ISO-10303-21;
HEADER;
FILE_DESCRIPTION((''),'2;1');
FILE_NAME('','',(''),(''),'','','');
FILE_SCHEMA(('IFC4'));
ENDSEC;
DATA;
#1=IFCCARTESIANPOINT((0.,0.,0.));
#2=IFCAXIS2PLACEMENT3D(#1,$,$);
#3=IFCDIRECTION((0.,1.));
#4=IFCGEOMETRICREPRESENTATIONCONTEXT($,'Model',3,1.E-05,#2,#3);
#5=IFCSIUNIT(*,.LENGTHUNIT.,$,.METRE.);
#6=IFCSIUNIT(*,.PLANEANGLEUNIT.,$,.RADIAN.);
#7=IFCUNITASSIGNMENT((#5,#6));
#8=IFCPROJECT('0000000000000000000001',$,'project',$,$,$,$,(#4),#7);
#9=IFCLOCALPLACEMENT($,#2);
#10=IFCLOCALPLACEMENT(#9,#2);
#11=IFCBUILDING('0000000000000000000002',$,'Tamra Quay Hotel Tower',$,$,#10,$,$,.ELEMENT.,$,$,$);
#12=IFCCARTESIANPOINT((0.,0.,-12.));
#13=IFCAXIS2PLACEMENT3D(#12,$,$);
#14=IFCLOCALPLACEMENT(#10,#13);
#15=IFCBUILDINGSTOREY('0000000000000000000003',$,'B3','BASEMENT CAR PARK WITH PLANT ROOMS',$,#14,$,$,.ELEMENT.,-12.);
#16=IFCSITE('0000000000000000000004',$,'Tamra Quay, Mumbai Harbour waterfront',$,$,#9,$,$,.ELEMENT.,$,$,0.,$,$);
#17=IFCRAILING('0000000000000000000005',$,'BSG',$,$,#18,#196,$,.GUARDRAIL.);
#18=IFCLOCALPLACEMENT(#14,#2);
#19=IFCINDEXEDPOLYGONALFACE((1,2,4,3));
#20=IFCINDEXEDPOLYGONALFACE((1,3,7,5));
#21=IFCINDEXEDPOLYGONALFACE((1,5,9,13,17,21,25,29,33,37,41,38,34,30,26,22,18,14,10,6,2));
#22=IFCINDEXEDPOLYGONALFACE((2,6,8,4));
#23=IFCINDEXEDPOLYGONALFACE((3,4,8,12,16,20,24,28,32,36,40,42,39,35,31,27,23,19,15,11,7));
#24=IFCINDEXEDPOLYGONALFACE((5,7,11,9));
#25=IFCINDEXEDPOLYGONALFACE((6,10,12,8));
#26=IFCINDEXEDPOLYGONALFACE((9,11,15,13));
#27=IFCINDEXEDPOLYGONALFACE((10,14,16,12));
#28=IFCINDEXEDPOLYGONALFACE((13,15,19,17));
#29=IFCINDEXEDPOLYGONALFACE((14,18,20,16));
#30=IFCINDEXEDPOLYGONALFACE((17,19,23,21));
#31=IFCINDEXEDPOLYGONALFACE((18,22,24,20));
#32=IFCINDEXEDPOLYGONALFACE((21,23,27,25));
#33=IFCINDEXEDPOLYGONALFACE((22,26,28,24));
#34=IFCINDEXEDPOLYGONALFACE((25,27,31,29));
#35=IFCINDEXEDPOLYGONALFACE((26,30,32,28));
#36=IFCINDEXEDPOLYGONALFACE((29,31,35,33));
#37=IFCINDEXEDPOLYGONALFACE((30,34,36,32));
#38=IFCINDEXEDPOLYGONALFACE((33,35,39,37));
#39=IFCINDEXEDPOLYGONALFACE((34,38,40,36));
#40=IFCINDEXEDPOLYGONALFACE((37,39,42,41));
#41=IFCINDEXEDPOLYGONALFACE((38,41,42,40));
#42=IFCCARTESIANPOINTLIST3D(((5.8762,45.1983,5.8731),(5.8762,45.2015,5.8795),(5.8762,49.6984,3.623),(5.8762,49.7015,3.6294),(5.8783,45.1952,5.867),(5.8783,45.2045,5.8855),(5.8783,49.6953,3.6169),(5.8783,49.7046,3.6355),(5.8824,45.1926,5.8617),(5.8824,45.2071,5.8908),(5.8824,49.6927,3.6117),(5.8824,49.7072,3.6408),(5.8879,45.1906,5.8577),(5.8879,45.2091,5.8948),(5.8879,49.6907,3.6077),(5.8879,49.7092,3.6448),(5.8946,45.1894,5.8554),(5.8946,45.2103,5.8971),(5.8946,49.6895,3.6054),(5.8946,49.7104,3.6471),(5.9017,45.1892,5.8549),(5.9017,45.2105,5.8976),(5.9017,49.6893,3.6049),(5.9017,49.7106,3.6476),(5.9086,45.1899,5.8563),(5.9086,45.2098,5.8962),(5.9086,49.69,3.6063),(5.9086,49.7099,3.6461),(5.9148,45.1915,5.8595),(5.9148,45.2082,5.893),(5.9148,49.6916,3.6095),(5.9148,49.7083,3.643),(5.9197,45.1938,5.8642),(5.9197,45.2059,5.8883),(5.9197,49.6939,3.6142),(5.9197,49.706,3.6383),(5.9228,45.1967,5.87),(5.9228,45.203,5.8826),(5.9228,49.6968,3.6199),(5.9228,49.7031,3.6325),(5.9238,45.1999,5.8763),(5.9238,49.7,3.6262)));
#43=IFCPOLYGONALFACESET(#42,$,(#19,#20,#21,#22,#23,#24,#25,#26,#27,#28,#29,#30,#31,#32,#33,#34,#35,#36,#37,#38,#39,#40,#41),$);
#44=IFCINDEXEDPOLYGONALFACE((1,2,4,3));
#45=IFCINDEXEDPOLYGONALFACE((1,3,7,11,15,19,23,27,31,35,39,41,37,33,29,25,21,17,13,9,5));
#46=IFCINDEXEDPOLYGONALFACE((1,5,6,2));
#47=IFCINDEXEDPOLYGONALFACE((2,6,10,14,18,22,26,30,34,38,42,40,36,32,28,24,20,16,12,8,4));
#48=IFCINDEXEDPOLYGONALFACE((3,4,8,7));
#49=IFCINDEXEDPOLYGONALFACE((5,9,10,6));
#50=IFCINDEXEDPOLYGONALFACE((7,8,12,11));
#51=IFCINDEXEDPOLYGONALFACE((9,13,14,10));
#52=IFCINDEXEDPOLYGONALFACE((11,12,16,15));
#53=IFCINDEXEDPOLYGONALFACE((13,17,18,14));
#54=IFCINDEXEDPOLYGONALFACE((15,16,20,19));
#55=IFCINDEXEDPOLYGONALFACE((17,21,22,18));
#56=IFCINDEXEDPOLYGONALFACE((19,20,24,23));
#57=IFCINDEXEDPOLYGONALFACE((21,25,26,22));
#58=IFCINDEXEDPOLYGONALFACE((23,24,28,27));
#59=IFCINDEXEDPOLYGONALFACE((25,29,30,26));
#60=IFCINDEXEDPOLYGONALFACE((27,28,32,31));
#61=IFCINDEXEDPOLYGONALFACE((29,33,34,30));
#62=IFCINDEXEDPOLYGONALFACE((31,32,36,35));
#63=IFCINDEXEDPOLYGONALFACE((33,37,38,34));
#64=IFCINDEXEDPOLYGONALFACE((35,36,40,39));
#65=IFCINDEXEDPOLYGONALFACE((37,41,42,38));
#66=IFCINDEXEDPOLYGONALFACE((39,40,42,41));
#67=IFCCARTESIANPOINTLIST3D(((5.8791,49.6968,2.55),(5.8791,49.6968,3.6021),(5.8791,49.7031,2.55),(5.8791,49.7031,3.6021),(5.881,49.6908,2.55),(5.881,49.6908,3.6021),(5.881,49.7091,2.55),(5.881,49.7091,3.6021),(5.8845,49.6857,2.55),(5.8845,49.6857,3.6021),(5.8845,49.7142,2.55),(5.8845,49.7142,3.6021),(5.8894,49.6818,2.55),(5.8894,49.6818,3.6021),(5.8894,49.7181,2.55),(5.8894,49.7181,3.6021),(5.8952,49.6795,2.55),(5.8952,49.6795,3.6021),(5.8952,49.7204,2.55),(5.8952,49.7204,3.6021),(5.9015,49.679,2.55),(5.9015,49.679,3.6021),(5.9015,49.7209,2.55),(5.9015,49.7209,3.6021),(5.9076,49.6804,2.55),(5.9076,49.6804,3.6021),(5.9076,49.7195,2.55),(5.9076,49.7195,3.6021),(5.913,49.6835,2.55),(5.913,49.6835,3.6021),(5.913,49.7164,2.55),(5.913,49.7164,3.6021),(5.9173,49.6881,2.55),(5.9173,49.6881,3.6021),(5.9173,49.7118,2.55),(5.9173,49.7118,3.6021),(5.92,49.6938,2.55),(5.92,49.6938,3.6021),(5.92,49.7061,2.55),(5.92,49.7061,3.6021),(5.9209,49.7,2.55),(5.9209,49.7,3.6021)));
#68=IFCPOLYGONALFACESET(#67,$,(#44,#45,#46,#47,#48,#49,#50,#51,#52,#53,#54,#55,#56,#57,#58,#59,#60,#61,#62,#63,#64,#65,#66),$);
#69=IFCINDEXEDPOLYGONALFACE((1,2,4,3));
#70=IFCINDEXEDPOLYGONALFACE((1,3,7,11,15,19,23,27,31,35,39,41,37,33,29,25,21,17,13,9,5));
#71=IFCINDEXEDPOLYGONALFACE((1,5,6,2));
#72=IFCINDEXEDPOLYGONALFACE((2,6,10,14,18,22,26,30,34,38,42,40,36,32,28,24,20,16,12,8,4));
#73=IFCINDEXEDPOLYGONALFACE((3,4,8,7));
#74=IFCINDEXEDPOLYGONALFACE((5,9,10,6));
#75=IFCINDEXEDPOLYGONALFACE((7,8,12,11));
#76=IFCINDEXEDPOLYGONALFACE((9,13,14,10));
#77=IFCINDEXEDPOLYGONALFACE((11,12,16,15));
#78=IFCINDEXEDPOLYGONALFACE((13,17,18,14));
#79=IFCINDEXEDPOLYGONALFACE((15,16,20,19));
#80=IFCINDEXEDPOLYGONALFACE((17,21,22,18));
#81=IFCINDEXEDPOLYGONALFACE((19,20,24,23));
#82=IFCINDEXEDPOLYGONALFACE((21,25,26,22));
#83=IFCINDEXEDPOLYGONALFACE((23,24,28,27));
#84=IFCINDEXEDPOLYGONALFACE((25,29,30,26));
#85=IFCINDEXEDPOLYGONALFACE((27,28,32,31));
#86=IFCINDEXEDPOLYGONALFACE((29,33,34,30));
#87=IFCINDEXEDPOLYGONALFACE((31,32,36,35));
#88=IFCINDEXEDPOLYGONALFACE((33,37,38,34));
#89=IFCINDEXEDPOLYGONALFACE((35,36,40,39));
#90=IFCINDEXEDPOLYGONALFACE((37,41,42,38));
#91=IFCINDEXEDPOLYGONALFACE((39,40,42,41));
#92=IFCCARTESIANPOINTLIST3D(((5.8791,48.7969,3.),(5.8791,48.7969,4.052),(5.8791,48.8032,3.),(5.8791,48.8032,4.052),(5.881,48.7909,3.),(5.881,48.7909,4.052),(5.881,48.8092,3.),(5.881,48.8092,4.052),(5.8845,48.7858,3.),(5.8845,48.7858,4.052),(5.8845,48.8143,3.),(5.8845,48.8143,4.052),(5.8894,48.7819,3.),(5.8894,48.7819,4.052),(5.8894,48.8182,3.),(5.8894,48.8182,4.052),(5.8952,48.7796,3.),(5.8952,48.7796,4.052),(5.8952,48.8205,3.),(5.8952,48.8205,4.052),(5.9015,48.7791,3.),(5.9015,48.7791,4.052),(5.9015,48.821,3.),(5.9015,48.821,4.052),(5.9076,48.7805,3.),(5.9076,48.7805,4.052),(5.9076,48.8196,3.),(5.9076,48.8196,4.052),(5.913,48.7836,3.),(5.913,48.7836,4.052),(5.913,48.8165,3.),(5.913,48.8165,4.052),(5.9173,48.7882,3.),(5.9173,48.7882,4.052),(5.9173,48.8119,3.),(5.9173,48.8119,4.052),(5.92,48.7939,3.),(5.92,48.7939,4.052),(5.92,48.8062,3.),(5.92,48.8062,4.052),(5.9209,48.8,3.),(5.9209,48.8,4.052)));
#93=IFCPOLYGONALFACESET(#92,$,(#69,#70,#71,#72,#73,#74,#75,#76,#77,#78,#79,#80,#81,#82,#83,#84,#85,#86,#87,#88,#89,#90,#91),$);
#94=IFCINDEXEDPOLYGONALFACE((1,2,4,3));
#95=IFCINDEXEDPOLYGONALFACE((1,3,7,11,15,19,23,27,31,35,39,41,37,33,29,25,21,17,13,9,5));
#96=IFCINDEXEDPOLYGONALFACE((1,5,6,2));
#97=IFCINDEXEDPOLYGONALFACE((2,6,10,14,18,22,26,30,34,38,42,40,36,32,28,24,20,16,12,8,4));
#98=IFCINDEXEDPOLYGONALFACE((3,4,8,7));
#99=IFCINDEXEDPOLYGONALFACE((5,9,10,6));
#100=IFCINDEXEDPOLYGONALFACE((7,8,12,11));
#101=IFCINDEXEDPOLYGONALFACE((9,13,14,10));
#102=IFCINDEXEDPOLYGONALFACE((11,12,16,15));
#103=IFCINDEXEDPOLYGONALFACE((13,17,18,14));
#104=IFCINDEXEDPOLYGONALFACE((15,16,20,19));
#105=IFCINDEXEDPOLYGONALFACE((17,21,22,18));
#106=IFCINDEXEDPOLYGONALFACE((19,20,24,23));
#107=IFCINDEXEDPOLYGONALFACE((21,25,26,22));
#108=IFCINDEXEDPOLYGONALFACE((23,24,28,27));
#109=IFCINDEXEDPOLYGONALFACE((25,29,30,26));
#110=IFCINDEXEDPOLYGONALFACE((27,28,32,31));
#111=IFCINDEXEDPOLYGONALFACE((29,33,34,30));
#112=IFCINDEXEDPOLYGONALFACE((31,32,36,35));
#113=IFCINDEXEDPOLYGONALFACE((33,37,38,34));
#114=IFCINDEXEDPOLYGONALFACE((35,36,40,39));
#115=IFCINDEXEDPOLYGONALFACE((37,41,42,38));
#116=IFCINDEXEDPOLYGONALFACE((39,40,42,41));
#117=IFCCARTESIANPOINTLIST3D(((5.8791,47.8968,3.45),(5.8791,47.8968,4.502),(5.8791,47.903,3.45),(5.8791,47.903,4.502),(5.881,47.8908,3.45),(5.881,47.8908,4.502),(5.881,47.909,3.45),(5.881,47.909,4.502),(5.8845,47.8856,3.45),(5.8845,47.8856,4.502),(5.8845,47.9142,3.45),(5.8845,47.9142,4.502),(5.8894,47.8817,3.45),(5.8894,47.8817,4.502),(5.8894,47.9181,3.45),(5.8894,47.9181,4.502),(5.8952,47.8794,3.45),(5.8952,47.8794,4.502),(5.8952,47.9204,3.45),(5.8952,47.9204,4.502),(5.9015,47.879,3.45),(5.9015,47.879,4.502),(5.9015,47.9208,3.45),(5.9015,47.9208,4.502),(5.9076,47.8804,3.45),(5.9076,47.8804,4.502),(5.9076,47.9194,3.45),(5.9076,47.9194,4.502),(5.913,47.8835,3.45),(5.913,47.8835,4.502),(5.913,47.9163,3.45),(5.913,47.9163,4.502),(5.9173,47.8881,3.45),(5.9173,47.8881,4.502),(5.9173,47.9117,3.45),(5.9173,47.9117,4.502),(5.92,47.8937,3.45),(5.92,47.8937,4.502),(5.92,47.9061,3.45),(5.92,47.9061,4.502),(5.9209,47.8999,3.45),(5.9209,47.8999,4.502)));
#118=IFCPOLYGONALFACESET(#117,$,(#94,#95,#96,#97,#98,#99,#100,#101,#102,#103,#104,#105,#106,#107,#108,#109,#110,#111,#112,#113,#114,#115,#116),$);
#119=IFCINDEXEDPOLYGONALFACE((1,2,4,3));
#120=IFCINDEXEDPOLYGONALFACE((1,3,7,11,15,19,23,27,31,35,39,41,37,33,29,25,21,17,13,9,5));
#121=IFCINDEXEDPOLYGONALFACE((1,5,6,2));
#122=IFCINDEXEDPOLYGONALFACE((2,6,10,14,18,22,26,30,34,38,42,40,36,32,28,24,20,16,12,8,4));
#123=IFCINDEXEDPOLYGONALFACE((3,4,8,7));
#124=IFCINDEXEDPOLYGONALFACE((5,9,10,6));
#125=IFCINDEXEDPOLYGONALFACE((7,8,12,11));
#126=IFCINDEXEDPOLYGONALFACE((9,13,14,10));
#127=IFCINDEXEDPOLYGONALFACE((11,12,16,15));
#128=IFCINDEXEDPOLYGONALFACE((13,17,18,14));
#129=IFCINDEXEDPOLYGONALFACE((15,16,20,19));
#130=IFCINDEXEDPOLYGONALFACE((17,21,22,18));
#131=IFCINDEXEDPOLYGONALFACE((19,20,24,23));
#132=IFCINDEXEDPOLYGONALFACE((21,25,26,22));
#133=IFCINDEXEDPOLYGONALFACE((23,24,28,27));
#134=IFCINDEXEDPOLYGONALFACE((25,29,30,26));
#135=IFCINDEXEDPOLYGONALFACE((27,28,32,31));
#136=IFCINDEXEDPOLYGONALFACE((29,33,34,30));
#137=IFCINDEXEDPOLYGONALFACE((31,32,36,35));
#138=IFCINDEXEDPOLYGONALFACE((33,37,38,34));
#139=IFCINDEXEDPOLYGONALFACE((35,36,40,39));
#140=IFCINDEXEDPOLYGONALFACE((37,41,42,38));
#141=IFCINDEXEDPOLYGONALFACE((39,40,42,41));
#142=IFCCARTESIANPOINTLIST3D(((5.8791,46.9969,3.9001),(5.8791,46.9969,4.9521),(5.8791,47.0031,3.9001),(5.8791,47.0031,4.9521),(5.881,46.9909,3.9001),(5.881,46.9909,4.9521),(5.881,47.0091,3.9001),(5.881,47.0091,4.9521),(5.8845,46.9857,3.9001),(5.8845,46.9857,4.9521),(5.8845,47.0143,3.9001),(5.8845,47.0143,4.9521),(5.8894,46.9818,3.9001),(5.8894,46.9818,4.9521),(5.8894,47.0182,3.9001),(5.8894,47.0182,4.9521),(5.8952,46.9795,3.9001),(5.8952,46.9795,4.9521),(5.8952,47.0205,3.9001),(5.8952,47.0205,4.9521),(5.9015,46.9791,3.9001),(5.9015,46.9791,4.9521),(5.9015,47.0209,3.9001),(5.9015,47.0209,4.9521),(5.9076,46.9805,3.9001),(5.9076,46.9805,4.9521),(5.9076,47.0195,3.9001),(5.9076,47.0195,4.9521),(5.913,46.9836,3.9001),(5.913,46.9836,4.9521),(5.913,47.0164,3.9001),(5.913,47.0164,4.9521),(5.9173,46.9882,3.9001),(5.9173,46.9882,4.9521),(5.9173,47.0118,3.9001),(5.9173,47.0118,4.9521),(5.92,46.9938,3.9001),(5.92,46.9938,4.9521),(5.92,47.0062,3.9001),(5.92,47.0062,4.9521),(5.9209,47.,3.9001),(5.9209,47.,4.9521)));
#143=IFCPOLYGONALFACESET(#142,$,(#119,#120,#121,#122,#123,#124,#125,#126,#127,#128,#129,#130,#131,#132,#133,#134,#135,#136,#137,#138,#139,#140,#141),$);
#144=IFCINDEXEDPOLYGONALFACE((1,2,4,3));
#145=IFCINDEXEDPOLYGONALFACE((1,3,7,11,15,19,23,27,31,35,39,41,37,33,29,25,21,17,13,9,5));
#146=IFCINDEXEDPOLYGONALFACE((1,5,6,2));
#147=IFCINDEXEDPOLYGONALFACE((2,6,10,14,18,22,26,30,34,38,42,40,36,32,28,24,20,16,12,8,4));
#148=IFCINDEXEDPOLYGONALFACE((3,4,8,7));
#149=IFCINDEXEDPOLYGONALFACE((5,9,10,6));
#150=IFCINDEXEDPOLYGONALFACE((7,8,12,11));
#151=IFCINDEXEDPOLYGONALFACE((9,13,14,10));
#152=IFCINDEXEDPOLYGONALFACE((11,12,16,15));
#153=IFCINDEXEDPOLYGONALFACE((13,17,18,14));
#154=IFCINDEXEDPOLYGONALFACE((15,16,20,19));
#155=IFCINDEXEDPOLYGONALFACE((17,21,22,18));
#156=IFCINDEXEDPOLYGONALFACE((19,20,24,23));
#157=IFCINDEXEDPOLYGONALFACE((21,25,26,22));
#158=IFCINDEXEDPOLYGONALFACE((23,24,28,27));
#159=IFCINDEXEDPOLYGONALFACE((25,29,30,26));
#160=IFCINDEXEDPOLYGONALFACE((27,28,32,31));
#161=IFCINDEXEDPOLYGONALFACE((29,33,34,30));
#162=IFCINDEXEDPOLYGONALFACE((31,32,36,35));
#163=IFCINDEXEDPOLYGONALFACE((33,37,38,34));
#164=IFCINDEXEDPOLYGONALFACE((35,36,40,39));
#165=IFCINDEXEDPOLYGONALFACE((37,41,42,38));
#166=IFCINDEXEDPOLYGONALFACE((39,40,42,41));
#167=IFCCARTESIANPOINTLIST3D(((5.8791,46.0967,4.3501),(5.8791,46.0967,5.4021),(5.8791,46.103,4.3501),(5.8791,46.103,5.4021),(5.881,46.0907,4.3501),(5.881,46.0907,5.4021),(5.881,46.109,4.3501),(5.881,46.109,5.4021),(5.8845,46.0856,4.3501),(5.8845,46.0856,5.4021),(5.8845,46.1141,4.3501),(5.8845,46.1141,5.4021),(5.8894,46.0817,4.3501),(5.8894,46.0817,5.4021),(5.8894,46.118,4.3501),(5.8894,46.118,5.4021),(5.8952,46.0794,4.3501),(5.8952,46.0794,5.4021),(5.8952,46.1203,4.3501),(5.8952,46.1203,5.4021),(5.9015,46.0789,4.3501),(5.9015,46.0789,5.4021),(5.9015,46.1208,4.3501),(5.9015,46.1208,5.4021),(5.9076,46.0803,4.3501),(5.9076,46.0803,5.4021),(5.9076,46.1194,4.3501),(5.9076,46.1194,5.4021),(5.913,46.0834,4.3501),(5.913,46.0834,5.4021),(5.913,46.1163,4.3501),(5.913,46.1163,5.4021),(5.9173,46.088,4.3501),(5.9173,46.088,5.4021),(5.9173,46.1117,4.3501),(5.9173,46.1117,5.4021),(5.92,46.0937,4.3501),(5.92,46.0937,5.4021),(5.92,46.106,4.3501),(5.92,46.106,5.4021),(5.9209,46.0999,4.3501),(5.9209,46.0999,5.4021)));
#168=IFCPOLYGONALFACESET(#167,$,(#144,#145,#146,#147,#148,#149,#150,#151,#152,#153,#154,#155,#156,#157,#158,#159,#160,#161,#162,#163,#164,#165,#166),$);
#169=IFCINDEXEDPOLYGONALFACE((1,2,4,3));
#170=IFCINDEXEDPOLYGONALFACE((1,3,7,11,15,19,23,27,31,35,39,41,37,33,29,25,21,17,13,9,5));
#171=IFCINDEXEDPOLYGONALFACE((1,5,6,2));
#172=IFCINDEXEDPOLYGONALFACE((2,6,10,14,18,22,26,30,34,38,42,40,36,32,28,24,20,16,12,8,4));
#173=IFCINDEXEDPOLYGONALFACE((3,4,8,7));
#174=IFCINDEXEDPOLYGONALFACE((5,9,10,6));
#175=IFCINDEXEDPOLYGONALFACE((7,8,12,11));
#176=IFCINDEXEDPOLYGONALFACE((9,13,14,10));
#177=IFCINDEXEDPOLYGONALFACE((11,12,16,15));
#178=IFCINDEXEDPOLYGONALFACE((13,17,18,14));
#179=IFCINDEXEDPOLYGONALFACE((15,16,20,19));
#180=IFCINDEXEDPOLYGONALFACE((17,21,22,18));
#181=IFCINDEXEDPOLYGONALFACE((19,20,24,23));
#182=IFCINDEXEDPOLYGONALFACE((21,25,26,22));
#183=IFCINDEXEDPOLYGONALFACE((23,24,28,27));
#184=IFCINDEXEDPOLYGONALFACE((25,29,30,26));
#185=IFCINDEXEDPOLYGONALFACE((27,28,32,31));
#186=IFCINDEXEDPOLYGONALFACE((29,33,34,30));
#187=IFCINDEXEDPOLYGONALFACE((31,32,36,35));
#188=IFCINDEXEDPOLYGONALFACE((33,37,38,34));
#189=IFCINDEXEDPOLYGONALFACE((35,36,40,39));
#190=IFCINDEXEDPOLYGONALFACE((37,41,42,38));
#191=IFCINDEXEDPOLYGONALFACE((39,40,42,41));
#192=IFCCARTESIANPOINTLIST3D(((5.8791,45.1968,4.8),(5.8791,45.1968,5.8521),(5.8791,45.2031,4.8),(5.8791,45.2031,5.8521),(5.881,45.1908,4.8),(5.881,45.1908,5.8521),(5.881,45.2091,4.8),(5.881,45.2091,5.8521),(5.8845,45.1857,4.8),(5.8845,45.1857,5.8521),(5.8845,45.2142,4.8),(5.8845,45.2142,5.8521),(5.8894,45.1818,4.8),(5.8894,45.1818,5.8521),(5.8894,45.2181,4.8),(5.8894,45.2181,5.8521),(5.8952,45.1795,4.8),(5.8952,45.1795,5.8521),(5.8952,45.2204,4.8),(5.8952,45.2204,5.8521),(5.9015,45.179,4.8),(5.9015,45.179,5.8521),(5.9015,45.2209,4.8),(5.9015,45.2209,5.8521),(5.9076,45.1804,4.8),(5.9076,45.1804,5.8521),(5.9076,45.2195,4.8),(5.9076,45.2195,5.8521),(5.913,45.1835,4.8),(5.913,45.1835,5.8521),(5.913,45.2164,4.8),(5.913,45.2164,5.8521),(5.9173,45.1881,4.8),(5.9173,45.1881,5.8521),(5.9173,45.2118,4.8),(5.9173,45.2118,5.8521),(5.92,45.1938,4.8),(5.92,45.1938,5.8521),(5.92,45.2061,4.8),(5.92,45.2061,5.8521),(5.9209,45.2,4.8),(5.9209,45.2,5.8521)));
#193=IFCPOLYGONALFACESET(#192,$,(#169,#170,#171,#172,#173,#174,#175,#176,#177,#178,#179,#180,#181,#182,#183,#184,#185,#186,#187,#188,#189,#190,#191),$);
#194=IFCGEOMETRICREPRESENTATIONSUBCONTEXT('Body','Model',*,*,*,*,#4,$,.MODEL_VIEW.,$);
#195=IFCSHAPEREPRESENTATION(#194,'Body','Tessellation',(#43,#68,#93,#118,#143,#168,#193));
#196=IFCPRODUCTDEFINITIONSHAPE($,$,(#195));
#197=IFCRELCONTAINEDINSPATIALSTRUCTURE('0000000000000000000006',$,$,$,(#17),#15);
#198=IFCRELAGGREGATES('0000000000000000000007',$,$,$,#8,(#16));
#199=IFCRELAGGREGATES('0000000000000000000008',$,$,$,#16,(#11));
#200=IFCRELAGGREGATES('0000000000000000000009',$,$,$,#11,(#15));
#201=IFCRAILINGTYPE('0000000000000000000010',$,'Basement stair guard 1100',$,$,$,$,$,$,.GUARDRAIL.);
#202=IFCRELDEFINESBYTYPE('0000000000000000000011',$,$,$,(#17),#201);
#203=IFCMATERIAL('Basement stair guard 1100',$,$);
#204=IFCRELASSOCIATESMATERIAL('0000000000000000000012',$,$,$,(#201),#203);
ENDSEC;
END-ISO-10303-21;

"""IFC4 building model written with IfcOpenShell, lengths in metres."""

from ifc_helpers import new_model, si_unit, direction, frame, origin, origin_2d, place, context, subcontext, project, spatial, circle, extrude, material, type_object, element, save


model = new_model("IFC4")

# Units and contexts
model_context = context("Model", 3, precision=1e-05, world=origin(), true_north=direction((0.0, 1.0)))
body_context = subcontext(model_context, "Body", "Model", "MODEL_VIEW")
ifc_project = project(units=[si_unit("LENGTHUNIT", "METRE"), si_unit("PLANEANGLEUNIT", "RADIAN")], contexts=[model_context])

# Site, building, storey
site_placement = place(None, origin())
site = spatial("IfcSite", under=ifc_project, at=site_placement, Name="Tamra Quay, Mumbai Harbour waterfront", CompositionType="ELEMENT", RefElevation=0.0)
building_placement = place(site_placement, origin())
building = spatial("IfcBuilding", under=site, at=building_placement, Name="Tamra Quay Hotel Tower", CompositionType="ELEMENT")
storey_placement = place(building_placement, frame((0.0, 0.0, -12.0)))
storey = spatial("IfcBuildingStorey", under=building, at=storey_placement, Name="B3", Description="BASEMENT CAR PARK WITH PLANT ROOMS", CompositionType="ELEMENT", Elevation=-12.0)

# Railing
ifc_material_1 = material(Name="Basement stair guard 1100")
railing_type_1 = type_object("IfcRailingType", Name="Basement stair guard 1100", PredefinedType="GUARDRAIL", material=ifc_material_1)
railing_1_placement = place(storey_placement, frame((5.8999, 49.7, 2.55)))
element("IfcRailing", 1, at=railing_1_placement, inside=storey, type_object=railing_type_1, Name="BSG", PredefinedType="GUARDRAIL", context=body_context, shape_type="SweptSolid", body=[
    extrude(circle(Radius=0.0239, at=origin_2d()), frame((0.0, 0.0, 1.0762), z_axis=(0.0, -0.894427, 0.447214), x_axis=(1.0, 0.0, 0.0)), (0.0, 0.0, 1.0), 5.0312),
    extrude(circle(Radius=0.021, at=origin_2d()), origin(), (0.0, 0.0, 1.0), 1.052),
    extrude(circle(Radius=0.021, at=origin_2d()), frame((0.0, -0.8999, 0.45)), (0.0, 0.0, 1.0), 1.052),
    extrude(circle(Radius=0.021, at=origin_2d()), frame((0.0, -1.8, 0.8999)), (0.0, 0.0, 1.0), 1.052),
    extrude(circle(Radius=0.021, at=origin_2d()), frame((0.0, -2.7, 1.3501)), (0.0, 0.0, 1.0), 1.052),
    extrude(circle(Radius=0.021, at=origin_2d()), frame((0.0, -3.6001, 1.8)), (0.0, 0.0, 1.0), 1.052),
    extrude(circle(Radius=0.021, at=origin_2d()), frame((0.0, -4.5, 2.25)), (0.0, 0.0, 1.0), 1.052),
])

save(model, "model.ifc")
